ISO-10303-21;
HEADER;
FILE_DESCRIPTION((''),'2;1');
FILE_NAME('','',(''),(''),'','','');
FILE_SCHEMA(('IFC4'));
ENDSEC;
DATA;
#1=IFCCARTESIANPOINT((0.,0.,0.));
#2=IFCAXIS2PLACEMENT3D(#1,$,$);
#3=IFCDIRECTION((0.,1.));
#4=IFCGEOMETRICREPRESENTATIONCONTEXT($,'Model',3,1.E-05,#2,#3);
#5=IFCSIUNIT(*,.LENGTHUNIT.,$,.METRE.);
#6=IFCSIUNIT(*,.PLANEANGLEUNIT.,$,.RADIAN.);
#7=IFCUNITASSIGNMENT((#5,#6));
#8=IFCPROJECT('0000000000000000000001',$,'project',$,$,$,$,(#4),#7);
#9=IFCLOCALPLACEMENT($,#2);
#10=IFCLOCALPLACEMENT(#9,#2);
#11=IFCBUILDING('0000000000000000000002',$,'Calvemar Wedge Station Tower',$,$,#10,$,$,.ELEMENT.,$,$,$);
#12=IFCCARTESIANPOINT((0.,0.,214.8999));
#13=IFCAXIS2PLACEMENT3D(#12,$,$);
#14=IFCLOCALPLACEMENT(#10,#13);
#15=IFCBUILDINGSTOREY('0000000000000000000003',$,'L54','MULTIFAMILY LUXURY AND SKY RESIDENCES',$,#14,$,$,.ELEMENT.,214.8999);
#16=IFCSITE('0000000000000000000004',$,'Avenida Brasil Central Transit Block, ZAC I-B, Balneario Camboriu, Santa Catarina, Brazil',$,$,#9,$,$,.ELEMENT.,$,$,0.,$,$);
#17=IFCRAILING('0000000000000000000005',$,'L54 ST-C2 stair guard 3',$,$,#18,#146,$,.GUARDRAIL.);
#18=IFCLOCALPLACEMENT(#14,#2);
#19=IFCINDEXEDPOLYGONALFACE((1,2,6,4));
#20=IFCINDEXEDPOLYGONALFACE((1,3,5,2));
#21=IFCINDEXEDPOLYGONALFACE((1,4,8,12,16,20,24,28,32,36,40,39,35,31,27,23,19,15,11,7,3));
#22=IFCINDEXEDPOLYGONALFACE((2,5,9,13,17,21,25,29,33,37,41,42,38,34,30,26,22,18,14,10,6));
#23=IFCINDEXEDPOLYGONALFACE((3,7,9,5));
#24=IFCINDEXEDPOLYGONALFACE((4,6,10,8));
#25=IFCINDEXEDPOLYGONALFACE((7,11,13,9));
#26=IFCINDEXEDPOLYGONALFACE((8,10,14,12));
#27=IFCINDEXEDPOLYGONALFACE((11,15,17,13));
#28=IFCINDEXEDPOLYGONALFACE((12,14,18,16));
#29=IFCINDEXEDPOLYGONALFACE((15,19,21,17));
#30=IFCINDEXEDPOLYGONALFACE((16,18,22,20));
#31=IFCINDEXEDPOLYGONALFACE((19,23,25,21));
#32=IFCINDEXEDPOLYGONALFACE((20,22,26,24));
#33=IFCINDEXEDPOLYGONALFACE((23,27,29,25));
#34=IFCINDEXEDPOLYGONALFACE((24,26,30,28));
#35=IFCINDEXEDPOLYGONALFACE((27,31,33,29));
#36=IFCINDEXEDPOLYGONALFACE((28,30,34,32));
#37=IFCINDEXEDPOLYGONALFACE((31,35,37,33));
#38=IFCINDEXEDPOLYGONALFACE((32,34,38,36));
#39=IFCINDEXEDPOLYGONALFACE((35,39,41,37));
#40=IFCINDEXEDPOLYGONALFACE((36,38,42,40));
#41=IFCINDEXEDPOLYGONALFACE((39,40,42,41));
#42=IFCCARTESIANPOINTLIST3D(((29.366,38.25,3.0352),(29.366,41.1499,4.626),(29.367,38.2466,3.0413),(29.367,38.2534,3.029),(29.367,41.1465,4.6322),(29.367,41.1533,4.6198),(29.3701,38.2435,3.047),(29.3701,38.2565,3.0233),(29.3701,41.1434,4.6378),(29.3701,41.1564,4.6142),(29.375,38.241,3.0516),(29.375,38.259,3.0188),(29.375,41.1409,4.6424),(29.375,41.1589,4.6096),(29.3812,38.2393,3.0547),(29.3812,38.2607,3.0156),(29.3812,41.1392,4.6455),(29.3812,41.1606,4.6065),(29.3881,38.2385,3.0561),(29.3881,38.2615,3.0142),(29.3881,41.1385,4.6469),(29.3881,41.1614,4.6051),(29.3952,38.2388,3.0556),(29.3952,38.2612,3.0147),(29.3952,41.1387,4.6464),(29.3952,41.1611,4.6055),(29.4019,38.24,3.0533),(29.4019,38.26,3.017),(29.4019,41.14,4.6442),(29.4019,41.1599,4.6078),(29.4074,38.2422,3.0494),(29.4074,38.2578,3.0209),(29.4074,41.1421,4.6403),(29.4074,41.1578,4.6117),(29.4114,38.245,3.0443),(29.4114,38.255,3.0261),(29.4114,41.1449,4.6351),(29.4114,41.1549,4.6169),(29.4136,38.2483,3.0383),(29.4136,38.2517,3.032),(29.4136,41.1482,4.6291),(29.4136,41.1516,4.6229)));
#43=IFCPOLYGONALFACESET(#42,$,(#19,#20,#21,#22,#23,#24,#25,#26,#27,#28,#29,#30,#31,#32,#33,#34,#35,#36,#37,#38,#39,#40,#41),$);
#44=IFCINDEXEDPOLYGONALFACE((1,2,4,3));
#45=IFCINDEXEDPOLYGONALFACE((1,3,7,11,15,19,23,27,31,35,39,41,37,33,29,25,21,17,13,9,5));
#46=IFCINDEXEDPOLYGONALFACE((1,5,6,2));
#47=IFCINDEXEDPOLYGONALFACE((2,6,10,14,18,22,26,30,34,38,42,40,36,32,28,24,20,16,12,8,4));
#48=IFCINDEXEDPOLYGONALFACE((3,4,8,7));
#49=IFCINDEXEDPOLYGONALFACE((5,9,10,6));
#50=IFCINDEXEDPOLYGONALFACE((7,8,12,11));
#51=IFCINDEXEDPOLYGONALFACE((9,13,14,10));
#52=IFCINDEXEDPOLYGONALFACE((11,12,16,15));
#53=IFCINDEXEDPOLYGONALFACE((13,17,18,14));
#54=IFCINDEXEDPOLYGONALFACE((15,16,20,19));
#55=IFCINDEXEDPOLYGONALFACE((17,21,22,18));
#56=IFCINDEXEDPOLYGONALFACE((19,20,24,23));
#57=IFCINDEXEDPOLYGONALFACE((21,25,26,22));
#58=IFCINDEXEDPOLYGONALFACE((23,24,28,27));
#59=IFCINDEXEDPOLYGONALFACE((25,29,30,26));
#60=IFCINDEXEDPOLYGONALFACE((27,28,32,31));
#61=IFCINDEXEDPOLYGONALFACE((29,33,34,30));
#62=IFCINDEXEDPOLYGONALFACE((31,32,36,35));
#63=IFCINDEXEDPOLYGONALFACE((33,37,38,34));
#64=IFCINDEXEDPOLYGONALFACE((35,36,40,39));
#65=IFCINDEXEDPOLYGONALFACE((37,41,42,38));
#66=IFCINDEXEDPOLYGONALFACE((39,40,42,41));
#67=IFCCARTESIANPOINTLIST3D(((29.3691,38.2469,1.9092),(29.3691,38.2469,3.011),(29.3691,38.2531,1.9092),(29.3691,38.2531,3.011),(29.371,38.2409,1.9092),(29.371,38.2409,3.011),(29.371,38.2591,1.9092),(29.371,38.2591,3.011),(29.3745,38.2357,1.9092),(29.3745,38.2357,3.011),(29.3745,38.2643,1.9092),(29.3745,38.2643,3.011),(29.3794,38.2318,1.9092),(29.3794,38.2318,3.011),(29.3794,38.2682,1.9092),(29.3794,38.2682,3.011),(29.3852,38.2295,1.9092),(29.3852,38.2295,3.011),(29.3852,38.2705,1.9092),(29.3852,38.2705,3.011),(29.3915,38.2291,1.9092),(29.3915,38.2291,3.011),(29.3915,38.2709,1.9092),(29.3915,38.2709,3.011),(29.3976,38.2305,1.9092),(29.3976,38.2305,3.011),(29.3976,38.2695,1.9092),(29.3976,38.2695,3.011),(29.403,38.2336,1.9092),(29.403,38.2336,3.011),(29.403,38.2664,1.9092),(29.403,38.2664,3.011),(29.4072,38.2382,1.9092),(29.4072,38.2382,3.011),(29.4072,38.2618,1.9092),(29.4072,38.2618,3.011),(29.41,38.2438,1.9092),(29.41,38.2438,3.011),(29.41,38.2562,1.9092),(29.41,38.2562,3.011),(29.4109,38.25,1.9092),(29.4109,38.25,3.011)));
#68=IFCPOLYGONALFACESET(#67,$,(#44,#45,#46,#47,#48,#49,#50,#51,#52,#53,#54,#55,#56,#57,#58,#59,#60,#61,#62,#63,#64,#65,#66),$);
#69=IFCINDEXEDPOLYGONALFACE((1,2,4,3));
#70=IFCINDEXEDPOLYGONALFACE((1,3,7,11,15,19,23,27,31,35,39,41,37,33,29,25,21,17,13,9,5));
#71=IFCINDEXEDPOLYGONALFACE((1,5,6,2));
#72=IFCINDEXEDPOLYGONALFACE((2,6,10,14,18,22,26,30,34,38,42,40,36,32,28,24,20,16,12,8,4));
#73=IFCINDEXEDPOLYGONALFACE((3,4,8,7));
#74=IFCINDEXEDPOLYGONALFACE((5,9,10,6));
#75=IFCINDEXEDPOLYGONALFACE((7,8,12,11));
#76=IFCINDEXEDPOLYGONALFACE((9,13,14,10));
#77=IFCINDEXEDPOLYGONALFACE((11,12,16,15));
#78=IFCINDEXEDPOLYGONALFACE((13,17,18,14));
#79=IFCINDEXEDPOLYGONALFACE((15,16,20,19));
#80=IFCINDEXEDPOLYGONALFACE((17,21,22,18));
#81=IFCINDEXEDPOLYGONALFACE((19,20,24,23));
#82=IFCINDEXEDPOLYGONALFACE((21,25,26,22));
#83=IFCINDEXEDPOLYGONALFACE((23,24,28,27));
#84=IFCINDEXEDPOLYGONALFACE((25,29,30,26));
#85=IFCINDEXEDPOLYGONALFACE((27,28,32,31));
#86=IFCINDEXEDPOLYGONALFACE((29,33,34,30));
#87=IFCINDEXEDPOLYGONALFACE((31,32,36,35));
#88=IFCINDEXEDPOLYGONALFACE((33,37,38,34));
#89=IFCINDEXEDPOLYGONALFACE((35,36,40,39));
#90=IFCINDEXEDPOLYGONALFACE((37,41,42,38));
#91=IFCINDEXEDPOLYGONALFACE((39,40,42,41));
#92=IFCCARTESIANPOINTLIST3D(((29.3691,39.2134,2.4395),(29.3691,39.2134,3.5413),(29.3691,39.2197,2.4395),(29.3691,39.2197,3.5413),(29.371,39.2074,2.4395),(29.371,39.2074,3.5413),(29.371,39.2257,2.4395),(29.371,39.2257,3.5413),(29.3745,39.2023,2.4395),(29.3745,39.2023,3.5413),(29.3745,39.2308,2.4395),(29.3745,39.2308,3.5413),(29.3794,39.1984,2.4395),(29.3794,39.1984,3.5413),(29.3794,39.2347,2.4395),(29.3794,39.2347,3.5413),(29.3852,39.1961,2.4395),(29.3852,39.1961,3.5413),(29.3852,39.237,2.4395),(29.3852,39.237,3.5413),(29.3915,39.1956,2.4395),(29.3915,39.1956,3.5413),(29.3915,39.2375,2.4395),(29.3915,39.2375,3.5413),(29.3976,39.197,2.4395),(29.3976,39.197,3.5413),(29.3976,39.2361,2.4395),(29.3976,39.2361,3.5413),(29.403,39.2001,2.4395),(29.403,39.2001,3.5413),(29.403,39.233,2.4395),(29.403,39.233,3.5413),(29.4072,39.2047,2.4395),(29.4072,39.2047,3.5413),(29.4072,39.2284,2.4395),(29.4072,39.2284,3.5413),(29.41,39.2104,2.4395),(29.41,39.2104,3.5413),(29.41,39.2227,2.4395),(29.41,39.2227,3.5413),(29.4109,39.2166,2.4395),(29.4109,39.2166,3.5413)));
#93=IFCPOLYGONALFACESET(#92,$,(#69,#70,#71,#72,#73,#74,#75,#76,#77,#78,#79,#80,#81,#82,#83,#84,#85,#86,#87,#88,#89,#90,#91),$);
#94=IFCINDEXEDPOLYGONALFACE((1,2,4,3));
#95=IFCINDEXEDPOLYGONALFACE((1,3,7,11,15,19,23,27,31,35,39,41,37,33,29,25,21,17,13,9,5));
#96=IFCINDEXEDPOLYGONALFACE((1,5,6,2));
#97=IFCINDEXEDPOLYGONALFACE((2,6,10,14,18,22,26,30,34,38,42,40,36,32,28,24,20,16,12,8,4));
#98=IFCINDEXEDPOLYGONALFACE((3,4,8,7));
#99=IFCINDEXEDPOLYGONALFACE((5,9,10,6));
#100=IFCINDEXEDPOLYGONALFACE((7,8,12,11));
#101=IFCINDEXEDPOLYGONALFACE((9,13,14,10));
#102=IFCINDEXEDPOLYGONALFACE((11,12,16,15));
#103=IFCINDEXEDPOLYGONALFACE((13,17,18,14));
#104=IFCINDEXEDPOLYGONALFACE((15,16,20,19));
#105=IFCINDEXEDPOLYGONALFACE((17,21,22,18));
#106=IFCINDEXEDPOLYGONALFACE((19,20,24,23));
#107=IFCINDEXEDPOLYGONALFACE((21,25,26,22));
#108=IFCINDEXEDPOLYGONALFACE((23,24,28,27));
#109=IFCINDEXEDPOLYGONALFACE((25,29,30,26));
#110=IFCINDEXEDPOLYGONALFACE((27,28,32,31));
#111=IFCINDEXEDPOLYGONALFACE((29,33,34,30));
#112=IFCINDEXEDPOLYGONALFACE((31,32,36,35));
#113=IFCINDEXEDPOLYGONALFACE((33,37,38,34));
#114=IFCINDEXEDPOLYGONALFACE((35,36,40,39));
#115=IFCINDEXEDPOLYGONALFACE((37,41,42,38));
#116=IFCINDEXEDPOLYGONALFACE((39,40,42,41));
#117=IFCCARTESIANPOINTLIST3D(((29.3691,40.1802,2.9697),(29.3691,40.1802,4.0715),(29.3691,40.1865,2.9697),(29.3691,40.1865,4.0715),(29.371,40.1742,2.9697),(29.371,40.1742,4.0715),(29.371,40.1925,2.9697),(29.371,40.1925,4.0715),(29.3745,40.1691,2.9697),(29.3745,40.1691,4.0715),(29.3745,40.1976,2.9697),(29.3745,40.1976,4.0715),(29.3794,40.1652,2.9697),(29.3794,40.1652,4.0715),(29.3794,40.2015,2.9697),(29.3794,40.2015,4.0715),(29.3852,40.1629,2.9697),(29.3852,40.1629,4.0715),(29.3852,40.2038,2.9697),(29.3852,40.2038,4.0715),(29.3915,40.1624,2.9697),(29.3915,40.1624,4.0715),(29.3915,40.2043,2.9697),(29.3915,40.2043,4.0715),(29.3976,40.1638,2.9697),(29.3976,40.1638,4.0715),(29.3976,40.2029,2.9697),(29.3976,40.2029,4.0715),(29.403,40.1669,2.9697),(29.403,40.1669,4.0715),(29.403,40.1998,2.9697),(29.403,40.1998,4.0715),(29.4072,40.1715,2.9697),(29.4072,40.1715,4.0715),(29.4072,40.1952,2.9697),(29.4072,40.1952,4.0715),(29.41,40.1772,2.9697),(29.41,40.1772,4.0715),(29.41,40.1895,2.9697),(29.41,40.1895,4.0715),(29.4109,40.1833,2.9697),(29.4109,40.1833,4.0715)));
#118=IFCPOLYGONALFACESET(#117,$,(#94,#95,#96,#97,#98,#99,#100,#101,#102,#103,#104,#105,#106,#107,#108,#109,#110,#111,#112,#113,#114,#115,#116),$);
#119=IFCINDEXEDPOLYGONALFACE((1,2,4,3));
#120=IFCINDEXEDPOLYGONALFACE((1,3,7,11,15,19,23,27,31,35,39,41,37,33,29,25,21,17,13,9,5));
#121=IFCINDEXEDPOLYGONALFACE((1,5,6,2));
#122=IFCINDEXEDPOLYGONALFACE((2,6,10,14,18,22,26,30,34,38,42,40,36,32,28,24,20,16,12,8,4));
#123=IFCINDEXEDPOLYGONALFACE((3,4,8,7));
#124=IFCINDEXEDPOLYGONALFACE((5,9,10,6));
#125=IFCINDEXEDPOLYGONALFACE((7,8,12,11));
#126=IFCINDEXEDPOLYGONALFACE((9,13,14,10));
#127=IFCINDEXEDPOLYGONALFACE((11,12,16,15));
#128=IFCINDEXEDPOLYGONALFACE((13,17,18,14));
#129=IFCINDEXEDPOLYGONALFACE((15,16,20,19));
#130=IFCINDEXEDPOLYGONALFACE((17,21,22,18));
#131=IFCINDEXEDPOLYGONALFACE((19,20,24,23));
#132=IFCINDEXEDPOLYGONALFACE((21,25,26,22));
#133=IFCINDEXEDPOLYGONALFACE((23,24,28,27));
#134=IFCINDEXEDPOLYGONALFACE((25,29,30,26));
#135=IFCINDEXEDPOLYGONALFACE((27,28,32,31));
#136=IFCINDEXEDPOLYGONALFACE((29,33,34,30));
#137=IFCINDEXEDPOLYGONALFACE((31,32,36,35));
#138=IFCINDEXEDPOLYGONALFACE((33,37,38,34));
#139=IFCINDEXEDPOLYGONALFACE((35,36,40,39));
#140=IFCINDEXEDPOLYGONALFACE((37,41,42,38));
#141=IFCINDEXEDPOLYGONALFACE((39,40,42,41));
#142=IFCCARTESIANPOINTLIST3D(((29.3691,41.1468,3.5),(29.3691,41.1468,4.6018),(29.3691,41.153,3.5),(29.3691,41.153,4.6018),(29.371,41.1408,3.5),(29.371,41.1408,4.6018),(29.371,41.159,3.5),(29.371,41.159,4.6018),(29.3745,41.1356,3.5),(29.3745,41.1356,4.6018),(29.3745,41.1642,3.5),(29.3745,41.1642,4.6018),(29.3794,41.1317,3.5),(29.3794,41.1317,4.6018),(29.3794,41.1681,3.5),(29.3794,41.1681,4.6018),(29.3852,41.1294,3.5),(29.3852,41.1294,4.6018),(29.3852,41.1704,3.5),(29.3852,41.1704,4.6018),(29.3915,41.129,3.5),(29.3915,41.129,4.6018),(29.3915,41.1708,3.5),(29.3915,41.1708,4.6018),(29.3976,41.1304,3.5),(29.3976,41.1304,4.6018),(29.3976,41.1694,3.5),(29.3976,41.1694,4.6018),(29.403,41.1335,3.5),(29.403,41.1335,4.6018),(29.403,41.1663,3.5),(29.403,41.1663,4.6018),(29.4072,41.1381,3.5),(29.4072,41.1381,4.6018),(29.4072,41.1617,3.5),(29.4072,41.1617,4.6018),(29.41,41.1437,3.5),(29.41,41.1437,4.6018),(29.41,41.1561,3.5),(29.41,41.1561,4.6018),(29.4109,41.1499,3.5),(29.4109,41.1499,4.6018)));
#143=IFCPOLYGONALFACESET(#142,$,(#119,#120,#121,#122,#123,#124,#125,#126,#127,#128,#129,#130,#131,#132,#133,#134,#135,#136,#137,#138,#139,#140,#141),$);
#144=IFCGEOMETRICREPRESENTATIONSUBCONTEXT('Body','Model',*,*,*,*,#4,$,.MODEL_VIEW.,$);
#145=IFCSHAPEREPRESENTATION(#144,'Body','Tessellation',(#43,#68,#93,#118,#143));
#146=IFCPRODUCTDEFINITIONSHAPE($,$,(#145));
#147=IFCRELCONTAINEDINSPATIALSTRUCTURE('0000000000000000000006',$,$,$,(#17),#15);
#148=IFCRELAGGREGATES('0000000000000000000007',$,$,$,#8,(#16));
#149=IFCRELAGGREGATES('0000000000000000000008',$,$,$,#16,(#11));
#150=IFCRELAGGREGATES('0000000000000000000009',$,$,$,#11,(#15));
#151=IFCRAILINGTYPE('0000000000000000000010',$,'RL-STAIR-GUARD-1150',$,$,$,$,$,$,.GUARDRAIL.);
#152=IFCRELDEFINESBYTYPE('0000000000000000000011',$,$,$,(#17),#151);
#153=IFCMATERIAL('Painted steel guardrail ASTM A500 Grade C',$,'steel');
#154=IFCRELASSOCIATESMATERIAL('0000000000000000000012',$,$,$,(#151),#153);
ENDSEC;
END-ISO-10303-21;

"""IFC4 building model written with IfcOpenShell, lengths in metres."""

from ifc_helpers import new_model, si_unit, direction, frame, origin, origin_2d, place, context, subcontext, project, spatial, circle, extrude, material, type_object, element, save


model = new_model("IFC4")

# Units and contexts
model_context = context("Model", 3, precision=1e-05, world=origin(), true_north=direction((0.0, 1.0)))
body_context = subcontext(model_context, "Body", "Model", "MODEL_VIEW")
ifc_project = project(units=[si_unit("LENGTHUNIT", "METRE"), si_unit("PLANEANGLEUNIT", "RADIAN")], contexts=[model_context])

# Site, building, storey
site_placement = place(None, origin())
site = spatial("IfcSite", under=ifc_project, at=site_placement, Name="Avenida Brasil Central Transit Block, ZAC I-B, Balneario Camboriu, Santa Catarina, Brazil", CompositionType="ELEMENT", RefElevation=0.0)
building_placement = place(site_placement, origin())
building = spatial("IfcBuilding", under=site, at=building_placement, Name="Calvemar Wedge Station Tower", CompositionType="ELEMENT")
storey_placement = place(building_placement, frame((0.0, 0.0, 214.8999)))
storey = spatial("IfcBuildingStorey", under=building, at=storey_placement, Name="L54", Description="MULTIFAMILY LUXURY AND SKY RESIDENCES", CompositionType="ELEMENT", Elevation=214.8999)

# Railing
ifc_material_1 = material(Name="Painted steel guardrail ASTM A500 Grade C", Category="steel")
railing_type_1 = type_object("IfcRailingType", Name="RL-STAIR-GUARD-1150", PredefinedType="GUARDRAIL", material=ifc_material_1)
railing_1_placement = place(storey_placement, frame((29.3899, 38.25, 1.9092)))
element("IfcRailing", 1, at=railing_1_placement, inside=storey, type_object=railing_type_1, Name="L54 ST-C2 stair guard 3", PredefinedType="GUARDRAIL", context=body_context, shape_type="SweptSolid", body=[
    extrude(circle(Radius=0.0239, at=origin_2d()), frame((0.0, 0.0, 1.126), z_axis=(0.0, 0.876742, 0.480961), x_axis=(-1.0, 0.0, 0.0)), (0.0, 0.0, 1.0), 3.3076),
    extrude(circle(Radius=0.021, at=origin_2d()), origin(), (0.0, 0.0, 1.0), 1.1018),
    extrude(circle(Radius=0.021, at=origin_2d()), frame((0.0, 0.9666, 0.5303)), (0.0, 0.0, 1.0), 1.1018),
    extrude(circle(Radius=0.021, at=origin_2d()), frame((0.0, 1.9333, 1.0605)), (0.0, 0.0, 1.0), 1.1018),
    extrude(circle(Radius=0.021, at=origin_2d()), frame((0.0, 2.8999, 1.5908)), (0.0, 0.0, 1.0), 1.1018),
])

save(model, "model.ifc")
